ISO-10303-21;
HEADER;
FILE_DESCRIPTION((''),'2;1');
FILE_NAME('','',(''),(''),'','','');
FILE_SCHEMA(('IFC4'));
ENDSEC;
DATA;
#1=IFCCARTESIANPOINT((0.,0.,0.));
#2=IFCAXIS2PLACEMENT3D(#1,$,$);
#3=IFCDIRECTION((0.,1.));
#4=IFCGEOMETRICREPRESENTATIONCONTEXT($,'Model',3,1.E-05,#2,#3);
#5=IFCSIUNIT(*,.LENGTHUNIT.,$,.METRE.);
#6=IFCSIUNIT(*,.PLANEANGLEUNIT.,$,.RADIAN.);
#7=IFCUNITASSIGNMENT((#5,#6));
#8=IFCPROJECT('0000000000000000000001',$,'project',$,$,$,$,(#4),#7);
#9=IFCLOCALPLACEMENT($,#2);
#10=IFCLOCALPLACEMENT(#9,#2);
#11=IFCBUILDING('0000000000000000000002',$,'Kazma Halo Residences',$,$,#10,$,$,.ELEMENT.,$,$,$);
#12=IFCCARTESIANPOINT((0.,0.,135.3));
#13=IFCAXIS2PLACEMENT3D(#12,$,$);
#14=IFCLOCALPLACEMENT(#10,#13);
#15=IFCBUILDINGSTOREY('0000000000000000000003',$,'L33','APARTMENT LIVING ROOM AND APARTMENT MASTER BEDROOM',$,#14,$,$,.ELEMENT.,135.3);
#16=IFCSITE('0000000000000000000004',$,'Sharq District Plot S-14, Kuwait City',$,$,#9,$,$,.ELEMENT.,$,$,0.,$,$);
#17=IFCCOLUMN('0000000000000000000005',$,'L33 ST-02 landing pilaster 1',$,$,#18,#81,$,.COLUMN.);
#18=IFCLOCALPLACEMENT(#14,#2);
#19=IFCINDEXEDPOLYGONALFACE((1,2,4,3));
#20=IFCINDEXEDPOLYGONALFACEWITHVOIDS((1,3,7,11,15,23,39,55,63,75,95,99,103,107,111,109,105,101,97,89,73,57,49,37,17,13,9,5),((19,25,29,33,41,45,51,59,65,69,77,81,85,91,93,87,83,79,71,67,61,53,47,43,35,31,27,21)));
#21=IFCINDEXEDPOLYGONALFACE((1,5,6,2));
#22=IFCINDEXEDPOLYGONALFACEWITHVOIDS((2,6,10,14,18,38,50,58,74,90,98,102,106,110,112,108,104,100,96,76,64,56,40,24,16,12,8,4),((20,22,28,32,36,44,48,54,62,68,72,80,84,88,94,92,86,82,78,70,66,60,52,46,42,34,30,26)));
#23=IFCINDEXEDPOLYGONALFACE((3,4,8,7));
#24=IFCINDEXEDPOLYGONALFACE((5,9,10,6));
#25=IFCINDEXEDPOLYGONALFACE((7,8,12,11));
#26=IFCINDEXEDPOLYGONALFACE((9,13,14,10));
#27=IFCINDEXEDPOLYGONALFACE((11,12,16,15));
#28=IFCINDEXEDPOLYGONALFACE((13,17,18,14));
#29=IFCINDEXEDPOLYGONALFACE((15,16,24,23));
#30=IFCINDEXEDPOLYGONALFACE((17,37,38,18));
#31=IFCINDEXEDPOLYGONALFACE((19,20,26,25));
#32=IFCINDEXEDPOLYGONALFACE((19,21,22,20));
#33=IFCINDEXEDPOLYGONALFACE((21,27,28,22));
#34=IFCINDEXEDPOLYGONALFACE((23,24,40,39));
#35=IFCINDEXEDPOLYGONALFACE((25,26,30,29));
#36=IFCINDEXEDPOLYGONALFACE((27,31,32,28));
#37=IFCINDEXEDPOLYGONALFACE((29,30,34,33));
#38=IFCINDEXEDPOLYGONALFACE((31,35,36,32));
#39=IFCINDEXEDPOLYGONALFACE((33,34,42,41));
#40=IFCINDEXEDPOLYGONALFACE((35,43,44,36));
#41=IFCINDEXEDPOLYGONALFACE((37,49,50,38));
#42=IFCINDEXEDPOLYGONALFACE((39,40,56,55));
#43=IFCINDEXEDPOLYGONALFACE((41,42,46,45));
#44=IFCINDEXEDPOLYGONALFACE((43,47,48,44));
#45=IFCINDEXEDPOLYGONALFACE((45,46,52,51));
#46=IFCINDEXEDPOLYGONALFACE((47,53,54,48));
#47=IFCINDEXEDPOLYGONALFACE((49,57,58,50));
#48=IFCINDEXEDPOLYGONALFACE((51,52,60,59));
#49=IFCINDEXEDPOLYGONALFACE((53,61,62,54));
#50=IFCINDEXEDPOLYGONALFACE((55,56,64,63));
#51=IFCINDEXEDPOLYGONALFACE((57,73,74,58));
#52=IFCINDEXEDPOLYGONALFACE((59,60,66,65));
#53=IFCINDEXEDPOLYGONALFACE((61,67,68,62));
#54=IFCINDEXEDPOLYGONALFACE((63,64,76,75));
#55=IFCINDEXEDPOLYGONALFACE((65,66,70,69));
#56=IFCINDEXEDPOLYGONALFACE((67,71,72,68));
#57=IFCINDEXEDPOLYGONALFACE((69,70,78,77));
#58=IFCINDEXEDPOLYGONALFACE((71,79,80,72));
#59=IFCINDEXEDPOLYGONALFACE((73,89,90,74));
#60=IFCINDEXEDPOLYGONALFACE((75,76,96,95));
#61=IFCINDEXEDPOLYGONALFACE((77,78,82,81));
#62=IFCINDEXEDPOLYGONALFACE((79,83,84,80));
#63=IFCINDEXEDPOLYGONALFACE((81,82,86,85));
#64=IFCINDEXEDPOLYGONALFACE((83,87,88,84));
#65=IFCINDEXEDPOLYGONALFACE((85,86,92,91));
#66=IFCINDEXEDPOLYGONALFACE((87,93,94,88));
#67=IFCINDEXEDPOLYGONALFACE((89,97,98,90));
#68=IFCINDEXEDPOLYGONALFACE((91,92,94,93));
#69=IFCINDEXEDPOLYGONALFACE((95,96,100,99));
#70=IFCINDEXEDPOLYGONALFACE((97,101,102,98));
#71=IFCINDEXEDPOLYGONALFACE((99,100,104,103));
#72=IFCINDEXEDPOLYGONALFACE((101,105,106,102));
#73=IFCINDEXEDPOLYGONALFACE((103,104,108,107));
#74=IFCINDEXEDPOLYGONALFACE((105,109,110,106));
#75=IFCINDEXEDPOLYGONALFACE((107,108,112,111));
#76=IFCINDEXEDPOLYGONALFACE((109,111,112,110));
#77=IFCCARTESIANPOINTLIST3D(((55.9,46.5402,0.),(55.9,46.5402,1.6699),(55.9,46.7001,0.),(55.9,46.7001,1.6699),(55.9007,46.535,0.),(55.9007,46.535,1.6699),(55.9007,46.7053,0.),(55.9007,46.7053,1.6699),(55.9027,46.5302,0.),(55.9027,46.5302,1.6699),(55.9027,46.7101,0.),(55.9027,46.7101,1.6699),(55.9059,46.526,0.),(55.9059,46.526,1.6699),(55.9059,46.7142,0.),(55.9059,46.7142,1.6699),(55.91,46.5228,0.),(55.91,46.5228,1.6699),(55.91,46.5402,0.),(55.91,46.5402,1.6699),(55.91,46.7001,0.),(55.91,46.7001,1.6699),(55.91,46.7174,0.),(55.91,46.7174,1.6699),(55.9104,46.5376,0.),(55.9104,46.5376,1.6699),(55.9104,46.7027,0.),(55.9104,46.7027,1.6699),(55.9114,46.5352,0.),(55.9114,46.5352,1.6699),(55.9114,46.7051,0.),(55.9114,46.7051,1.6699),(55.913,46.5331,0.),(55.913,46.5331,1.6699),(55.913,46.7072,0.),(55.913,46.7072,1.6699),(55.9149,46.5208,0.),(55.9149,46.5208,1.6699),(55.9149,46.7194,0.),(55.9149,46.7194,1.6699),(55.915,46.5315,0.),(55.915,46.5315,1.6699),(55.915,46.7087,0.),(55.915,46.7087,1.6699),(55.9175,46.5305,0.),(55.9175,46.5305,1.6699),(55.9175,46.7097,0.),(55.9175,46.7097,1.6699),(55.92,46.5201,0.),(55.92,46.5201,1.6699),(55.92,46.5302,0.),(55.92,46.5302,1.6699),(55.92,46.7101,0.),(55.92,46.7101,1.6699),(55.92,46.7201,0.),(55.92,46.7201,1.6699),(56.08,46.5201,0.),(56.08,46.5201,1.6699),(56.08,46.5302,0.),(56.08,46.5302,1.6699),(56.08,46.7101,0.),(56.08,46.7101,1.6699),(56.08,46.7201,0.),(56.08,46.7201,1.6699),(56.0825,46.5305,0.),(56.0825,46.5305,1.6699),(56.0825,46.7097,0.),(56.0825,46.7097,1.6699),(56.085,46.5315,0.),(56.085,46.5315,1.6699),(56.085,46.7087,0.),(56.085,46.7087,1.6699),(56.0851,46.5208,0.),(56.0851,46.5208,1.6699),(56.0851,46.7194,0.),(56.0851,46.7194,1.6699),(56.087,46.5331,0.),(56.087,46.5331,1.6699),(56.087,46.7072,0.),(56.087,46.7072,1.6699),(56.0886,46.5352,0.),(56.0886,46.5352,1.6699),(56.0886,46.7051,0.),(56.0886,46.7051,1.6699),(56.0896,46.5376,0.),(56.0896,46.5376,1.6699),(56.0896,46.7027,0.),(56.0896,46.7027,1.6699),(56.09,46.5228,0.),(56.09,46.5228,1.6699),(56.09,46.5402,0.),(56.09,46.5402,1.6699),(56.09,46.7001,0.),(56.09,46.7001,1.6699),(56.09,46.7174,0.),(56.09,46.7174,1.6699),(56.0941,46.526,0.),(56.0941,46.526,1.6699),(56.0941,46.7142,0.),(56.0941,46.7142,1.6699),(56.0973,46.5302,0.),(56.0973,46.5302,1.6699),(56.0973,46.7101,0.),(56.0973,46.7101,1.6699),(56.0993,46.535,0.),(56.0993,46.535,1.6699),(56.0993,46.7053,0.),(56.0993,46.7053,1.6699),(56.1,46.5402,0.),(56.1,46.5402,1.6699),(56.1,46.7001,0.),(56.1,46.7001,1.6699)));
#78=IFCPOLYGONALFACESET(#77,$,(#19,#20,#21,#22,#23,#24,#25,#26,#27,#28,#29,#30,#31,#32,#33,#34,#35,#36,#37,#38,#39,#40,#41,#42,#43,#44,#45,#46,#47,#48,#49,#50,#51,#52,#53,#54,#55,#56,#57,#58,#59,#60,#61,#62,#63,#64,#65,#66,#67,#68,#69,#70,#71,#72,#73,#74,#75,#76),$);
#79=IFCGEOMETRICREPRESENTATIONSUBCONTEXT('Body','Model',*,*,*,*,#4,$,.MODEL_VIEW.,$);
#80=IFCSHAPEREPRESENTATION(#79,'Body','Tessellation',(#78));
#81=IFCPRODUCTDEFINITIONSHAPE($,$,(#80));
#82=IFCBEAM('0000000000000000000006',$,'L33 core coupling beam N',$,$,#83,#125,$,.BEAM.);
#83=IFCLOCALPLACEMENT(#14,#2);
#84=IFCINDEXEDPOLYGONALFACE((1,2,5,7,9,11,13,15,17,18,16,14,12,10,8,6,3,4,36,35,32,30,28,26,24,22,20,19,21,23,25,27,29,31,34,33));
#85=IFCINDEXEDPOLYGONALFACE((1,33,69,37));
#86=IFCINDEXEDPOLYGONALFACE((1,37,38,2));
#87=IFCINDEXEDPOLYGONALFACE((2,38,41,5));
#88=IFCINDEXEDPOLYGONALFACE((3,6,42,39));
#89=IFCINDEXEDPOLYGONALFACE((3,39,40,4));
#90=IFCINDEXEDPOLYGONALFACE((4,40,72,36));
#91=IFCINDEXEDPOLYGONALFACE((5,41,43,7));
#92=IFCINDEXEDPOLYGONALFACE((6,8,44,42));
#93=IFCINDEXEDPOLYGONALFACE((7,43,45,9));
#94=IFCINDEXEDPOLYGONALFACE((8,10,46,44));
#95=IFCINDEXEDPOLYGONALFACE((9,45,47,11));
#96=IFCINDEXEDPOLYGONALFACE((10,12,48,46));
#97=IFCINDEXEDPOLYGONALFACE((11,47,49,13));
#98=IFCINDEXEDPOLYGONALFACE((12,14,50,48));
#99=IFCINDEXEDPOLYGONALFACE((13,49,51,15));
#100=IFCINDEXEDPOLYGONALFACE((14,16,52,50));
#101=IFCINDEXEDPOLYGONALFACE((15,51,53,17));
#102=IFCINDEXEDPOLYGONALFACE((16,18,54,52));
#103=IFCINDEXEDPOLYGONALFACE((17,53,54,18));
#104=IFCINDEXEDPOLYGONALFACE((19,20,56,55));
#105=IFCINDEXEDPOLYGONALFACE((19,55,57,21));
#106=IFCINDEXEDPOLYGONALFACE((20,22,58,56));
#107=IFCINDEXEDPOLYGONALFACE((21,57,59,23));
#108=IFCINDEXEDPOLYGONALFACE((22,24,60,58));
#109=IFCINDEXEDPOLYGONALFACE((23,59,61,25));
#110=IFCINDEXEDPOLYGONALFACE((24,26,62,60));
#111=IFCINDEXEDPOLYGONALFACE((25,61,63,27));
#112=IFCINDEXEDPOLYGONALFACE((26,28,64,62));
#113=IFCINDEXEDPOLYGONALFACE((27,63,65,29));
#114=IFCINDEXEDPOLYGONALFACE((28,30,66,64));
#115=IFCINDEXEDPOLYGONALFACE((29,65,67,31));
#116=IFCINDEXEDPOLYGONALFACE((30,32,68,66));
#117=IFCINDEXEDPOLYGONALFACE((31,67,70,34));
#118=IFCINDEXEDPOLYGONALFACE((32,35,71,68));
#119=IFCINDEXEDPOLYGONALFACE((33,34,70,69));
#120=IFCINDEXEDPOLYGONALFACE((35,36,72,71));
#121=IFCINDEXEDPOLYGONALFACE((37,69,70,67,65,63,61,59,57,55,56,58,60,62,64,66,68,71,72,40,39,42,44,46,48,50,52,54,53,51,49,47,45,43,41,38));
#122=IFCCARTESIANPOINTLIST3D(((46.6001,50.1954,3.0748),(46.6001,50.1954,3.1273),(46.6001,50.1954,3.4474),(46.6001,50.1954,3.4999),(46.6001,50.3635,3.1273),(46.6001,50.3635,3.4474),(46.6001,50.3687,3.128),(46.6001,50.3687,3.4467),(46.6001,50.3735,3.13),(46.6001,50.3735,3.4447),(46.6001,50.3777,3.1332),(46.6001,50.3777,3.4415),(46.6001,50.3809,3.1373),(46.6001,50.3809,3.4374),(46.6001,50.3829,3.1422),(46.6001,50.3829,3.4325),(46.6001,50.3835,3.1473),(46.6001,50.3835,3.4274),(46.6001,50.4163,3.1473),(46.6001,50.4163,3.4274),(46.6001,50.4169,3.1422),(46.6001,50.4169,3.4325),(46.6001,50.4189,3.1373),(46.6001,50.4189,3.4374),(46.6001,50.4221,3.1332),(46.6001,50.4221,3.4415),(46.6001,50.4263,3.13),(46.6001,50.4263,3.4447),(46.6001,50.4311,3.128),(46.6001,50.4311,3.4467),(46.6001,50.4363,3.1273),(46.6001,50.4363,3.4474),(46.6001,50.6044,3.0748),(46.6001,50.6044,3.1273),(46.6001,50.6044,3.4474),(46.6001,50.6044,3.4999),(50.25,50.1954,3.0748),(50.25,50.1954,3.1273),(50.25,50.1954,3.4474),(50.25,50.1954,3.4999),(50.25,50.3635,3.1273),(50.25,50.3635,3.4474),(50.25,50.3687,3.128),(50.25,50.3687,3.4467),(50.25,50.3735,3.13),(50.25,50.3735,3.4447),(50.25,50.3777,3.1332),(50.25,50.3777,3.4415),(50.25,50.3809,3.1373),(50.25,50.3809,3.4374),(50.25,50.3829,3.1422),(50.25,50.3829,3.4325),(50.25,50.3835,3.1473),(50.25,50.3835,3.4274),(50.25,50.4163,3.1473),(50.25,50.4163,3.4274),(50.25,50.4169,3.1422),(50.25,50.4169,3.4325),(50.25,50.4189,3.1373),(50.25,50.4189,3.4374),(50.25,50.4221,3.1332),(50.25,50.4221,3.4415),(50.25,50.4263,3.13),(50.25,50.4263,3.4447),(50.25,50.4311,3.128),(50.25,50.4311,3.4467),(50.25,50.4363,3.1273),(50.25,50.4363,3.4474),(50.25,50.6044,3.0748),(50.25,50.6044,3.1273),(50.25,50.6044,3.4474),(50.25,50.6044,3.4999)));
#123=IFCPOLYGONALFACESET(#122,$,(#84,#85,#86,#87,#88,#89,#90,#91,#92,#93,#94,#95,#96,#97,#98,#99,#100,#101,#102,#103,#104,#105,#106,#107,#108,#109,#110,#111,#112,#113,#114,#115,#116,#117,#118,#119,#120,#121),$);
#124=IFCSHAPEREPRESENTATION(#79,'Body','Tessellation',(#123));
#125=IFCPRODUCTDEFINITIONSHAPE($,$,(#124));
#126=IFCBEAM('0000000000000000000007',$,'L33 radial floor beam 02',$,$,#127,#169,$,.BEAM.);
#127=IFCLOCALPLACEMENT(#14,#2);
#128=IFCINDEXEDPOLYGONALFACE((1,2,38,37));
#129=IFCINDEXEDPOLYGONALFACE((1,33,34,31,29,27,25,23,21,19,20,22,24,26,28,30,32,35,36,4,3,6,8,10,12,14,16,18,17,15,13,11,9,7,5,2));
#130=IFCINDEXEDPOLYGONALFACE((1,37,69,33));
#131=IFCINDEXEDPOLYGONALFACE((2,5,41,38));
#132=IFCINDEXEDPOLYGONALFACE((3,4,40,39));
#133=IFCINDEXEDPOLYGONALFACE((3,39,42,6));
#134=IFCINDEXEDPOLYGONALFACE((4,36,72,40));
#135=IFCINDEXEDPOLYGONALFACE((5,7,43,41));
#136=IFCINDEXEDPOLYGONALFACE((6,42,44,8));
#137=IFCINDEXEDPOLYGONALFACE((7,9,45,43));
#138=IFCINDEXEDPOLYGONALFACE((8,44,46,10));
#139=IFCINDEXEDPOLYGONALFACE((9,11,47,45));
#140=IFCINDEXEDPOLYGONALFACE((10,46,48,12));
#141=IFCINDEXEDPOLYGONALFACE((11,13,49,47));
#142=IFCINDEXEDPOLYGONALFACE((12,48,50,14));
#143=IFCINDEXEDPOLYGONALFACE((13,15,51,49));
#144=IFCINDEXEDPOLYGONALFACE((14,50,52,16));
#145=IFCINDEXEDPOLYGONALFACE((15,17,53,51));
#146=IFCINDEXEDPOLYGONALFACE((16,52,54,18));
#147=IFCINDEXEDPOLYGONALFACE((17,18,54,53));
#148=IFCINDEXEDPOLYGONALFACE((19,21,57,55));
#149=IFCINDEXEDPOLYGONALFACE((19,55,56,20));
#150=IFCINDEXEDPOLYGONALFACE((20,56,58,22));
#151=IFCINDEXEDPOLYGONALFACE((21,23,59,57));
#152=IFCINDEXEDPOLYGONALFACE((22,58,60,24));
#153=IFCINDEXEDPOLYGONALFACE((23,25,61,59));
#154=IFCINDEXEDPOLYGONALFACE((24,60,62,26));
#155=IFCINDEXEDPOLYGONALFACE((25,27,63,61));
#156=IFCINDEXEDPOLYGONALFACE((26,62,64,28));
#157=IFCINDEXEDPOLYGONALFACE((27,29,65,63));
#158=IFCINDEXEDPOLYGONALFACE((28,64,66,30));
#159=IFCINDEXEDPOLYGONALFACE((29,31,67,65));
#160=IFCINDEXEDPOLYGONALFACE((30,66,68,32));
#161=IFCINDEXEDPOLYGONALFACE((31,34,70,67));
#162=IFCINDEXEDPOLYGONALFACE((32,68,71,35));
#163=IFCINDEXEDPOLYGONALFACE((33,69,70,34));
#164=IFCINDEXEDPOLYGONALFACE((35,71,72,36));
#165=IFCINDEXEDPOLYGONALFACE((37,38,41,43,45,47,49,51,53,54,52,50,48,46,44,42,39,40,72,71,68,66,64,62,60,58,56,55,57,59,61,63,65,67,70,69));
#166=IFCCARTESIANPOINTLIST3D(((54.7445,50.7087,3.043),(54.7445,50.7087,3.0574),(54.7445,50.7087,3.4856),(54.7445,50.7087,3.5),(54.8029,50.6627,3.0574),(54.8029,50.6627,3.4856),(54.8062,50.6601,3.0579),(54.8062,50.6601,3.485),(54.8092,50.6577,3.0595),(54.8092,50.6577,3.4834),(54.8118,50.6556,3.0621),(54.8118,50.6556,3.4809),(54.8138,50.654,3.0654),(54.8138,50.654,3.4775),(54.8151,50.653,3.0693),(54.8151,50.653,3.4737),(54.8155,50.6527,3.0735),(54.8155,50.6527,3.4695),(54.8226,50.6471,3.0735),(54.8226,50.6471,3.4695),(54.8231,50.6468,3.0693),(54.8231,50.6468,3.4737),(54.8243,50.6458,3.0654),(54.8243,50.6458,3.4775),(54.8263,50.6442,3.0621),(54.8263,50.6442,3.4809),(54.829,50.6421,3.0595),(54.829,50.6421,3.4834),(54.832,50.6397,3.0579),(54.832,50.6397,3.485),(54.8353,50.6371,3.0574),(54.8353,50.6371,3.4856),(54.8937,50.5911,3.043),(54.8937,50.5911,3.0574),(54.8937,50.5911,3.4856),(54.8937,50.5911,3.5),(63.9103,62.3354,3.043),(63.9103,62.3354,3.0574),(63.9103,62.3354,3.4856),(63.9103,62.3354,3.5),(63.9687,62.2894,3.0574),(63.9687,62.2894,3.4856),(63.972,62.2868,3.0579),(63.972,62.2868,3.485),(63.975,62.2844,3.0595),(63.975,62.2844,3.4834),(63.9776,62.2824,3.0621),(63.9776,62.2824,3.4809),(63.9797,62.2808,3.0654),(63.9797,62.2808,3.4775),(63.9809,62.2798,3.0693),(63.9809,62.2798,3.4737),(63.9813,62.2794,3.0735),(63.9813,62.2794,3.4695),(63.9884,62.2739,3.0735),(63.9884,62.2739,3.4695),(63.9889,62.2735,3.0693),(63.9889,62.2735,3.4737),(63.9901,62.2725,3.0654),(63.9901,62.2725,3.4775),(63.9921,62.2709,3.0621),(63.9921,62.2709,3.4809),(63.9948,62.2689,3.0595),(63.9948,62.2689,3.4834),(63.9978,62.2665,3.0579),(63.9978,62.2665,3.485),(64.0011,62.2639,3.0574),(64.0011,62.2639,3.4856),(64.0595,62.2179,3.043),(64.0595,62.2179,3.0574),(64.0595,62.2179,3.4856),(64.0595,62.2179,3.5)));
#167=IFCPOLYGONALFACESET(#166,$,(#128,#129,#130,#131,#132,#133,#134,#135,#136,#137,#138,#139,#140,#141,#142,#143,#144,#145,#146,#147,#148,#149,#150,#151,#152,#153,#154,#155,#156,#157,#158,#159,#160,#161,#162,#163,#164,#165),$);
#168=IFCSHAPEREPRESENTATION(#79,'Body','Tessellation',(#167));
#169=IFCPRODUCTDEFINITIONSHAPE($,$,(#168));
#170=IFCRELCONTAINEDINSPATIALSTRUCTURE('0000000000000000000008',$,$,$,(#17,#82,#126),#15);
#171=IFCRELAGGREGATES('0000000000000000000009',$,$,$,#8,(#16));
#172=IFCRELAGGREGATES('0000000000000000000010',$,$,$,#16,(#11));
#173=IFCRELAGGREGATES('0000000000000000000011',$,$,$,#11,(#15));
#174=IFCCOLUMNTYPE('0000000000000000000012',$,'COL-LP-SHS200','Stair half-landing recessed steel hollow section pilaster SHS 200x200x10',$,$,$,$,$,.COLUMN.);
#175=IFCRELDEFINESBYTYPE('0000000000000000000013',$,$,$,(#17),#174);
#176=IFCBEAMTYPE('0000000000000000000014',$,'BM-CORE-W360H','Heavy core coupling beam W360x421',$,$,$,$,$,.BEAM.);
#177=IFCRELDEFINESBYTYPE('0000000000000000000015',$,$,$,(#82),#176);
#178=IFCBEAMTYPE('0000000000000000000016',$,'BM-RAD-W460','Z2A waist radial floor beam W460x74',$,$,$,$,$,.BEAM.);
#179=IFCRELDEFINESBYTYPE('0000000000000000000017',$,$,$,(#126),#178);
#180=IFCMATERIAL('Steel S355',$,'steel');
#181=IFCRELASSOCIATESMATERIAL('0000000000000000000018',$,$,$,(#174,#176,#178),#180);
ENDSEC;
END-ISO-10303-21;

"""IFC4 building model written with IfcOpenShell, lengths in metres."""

from ifc_helpers import new_model, si_unit, direction, frame, origin, origin_2d, place, context, subcontext, project, spatial, hollow_rectangle, i_section, extrude, material, material_profile, profile_set, type_object, element, save


model = new_model("IFC4")

# Units and contexts
model_context = context("Model", 3, precision=1e-05, world=origin(), true_north=direction((0.0, 1.0)))
body_context = subcontext(model_context, "Body", "Model", "MODEL_VIEW")
ifc_project = project(units=[si_unit("LENGTHUNIT", "METRE"), si_unit("PLANEANGLEUNIT", "RADIAN")], contexts=[model_context])

# Site, building, storey
site_placement = place(None, origin())
site = spatial("IfcSite", under=ifc_project, at=site_placement, Name="Sharq District Plot S-14, Kuwait City", CompositionType="ELEMENT", RefElevation=0.0)
building_placement = place(site_placement, origin())
building = spatial("IfcBuilding", under=site, at=building_placement, Name="Kazma Halo Residences", CompositionType="ELEMENT")
storey_placement = place(building_placement, frame((0.0, 0.0, 135.3)))
storey = spatial("IfcBuildingStorey", under=building, at=storey_placement, Name="L33", Description="APARTMENT LIVING ROOM AND APARTMENT MASTER BEDROOM", CompositionType="ELEMENT", Elevation=135.3)

# Column
ifc_material_1 = material(Name="Steel S355", Category="steel")
ifc_material_profile_1 = material_profile(ifc_material_1, hollow_rectangle(XDim=0.2, YDim=0.2, WallThickness=0.01, InnerFilletRadius=0.01, OuterFilletRadius=0.02, at=origin_2d()), Name="SHS200x200x10")
ifc_profile_set_1 = profile_set([ifc_material_profile_1], Name="Steel S355")
column_type = type_object("IfcColumnType", Name="COL-LP-SHS200", Description="Stair half-landing recessed steel hollow section pilaster SHS 200x200x10", PredefinedType="COLUMN", material=ifc_profile_set_1)
column_placement = place(storey_placement, frame((56.0, 46.6201, 0.0), z_axis=(0.0, 0.0, 1.0), x_axis=(1.0, 0.0, 0.0)))
element("IfcColumn", 1, at=column_placement, inside=storey, type_object=column_type, Name="L33 ST-02 landing pilaster 1", PredefinedType="COLUMN", context=body_context, shape_type="SweptSolid", body=[
    extrude(hollow_rectangle(XDim=0.2, YDim=0.2, WallThickness=0.01, InnerFilletRadius=0.01, OuterFilletRadius=0.02, at=origin_2d()), origin(), (0.0, 0.0, 1.0), 1.6699),
])

# Beams
ifc_material_profile_2 = material_profile(ifc_material_1, i_section(OverallWidth=0.4089, OverallDepth=0.425, WebThickness=0.0327, FlangeThickness=0.0525, FilletRadius=0.02, at=origin_2d()), Name="W360x421")
ifc_profile_set_2 = profile_set([ifc_material_profile_2], Name="Steel S355")
beam_type_1 = type_object("IfcBeamType", Name="BM-CORE-W360H", Description="Heavy core coupling beam W360x421", PredefinedType="BEAM", material=ifc_profile_set_2)
beam_1_placement = place(storey_placement, frame((46.6001, 50.3999, 3.2874), z_axis=(1.0, 0.0, 0.0), x_axis=(0.0, 1.0, 0.0)))
element("IfcBeam", 2, at=beam_1_placement, inside=storey, type_object=beam_type_1, Name="L33 core coupling beam N", PredefinedType="BEAM", context=body_context, shape_type="SweptSolid", body=[
    extrude(i_section(OverallWidth=0.4089, OverallDepth=0.425, WebThickness=0.0327, FlangeThickness=0.0525, FilletRadius=0.02, at=origin_2d()), origin(), (0.0, 0.0, 1.0), 3.6499),
])
ifc_material_profile_3 = material_profile(ifc_material_1, i_section(OverallWidth=0.1899, OverallDepth=0.457, WebThickness=0.009, FlangeThickness=0.0144, FilletRadius=0.0161, at=origin_2d()), Name="W460x74")
ifc_profile_set_3 = profile_set([ifc_material_profile_3], Name="Steel S355")
beam_type_2 = type_object("IfcBeamType", Name="BM-RAD-W460", Description="Z2A waist radial floor beam W460x74", PredefinedType="BEAM", material=ifc_profile_set_3)
beam_2_placement = place(storey_placement, frame((54.8191, 50.6499, 3.2715), z_axis=(0.619094, 0.785316, 0.0), x_axis=(-0.785316, 0.619094, 0.0)))
element("IfcBeam", 3, at=beam_2_placement, inside=storey, type_object=beam_type_2, Name="L33 radial floor beam 02", PredefinedType="BEAM", context=body_context, shape_type="SweptSolid", body=[
    extrude(i_section(OverallWidth=0.1899, OverallDepth=0.457, WebThickness=0.009, FlangeThickness=0.0144, FilletRadius=0.0161, at=origin_2d()), origin(), (0.0, 0.0, 1.0), 14.8052),
])

save(model, "model.ifc")
